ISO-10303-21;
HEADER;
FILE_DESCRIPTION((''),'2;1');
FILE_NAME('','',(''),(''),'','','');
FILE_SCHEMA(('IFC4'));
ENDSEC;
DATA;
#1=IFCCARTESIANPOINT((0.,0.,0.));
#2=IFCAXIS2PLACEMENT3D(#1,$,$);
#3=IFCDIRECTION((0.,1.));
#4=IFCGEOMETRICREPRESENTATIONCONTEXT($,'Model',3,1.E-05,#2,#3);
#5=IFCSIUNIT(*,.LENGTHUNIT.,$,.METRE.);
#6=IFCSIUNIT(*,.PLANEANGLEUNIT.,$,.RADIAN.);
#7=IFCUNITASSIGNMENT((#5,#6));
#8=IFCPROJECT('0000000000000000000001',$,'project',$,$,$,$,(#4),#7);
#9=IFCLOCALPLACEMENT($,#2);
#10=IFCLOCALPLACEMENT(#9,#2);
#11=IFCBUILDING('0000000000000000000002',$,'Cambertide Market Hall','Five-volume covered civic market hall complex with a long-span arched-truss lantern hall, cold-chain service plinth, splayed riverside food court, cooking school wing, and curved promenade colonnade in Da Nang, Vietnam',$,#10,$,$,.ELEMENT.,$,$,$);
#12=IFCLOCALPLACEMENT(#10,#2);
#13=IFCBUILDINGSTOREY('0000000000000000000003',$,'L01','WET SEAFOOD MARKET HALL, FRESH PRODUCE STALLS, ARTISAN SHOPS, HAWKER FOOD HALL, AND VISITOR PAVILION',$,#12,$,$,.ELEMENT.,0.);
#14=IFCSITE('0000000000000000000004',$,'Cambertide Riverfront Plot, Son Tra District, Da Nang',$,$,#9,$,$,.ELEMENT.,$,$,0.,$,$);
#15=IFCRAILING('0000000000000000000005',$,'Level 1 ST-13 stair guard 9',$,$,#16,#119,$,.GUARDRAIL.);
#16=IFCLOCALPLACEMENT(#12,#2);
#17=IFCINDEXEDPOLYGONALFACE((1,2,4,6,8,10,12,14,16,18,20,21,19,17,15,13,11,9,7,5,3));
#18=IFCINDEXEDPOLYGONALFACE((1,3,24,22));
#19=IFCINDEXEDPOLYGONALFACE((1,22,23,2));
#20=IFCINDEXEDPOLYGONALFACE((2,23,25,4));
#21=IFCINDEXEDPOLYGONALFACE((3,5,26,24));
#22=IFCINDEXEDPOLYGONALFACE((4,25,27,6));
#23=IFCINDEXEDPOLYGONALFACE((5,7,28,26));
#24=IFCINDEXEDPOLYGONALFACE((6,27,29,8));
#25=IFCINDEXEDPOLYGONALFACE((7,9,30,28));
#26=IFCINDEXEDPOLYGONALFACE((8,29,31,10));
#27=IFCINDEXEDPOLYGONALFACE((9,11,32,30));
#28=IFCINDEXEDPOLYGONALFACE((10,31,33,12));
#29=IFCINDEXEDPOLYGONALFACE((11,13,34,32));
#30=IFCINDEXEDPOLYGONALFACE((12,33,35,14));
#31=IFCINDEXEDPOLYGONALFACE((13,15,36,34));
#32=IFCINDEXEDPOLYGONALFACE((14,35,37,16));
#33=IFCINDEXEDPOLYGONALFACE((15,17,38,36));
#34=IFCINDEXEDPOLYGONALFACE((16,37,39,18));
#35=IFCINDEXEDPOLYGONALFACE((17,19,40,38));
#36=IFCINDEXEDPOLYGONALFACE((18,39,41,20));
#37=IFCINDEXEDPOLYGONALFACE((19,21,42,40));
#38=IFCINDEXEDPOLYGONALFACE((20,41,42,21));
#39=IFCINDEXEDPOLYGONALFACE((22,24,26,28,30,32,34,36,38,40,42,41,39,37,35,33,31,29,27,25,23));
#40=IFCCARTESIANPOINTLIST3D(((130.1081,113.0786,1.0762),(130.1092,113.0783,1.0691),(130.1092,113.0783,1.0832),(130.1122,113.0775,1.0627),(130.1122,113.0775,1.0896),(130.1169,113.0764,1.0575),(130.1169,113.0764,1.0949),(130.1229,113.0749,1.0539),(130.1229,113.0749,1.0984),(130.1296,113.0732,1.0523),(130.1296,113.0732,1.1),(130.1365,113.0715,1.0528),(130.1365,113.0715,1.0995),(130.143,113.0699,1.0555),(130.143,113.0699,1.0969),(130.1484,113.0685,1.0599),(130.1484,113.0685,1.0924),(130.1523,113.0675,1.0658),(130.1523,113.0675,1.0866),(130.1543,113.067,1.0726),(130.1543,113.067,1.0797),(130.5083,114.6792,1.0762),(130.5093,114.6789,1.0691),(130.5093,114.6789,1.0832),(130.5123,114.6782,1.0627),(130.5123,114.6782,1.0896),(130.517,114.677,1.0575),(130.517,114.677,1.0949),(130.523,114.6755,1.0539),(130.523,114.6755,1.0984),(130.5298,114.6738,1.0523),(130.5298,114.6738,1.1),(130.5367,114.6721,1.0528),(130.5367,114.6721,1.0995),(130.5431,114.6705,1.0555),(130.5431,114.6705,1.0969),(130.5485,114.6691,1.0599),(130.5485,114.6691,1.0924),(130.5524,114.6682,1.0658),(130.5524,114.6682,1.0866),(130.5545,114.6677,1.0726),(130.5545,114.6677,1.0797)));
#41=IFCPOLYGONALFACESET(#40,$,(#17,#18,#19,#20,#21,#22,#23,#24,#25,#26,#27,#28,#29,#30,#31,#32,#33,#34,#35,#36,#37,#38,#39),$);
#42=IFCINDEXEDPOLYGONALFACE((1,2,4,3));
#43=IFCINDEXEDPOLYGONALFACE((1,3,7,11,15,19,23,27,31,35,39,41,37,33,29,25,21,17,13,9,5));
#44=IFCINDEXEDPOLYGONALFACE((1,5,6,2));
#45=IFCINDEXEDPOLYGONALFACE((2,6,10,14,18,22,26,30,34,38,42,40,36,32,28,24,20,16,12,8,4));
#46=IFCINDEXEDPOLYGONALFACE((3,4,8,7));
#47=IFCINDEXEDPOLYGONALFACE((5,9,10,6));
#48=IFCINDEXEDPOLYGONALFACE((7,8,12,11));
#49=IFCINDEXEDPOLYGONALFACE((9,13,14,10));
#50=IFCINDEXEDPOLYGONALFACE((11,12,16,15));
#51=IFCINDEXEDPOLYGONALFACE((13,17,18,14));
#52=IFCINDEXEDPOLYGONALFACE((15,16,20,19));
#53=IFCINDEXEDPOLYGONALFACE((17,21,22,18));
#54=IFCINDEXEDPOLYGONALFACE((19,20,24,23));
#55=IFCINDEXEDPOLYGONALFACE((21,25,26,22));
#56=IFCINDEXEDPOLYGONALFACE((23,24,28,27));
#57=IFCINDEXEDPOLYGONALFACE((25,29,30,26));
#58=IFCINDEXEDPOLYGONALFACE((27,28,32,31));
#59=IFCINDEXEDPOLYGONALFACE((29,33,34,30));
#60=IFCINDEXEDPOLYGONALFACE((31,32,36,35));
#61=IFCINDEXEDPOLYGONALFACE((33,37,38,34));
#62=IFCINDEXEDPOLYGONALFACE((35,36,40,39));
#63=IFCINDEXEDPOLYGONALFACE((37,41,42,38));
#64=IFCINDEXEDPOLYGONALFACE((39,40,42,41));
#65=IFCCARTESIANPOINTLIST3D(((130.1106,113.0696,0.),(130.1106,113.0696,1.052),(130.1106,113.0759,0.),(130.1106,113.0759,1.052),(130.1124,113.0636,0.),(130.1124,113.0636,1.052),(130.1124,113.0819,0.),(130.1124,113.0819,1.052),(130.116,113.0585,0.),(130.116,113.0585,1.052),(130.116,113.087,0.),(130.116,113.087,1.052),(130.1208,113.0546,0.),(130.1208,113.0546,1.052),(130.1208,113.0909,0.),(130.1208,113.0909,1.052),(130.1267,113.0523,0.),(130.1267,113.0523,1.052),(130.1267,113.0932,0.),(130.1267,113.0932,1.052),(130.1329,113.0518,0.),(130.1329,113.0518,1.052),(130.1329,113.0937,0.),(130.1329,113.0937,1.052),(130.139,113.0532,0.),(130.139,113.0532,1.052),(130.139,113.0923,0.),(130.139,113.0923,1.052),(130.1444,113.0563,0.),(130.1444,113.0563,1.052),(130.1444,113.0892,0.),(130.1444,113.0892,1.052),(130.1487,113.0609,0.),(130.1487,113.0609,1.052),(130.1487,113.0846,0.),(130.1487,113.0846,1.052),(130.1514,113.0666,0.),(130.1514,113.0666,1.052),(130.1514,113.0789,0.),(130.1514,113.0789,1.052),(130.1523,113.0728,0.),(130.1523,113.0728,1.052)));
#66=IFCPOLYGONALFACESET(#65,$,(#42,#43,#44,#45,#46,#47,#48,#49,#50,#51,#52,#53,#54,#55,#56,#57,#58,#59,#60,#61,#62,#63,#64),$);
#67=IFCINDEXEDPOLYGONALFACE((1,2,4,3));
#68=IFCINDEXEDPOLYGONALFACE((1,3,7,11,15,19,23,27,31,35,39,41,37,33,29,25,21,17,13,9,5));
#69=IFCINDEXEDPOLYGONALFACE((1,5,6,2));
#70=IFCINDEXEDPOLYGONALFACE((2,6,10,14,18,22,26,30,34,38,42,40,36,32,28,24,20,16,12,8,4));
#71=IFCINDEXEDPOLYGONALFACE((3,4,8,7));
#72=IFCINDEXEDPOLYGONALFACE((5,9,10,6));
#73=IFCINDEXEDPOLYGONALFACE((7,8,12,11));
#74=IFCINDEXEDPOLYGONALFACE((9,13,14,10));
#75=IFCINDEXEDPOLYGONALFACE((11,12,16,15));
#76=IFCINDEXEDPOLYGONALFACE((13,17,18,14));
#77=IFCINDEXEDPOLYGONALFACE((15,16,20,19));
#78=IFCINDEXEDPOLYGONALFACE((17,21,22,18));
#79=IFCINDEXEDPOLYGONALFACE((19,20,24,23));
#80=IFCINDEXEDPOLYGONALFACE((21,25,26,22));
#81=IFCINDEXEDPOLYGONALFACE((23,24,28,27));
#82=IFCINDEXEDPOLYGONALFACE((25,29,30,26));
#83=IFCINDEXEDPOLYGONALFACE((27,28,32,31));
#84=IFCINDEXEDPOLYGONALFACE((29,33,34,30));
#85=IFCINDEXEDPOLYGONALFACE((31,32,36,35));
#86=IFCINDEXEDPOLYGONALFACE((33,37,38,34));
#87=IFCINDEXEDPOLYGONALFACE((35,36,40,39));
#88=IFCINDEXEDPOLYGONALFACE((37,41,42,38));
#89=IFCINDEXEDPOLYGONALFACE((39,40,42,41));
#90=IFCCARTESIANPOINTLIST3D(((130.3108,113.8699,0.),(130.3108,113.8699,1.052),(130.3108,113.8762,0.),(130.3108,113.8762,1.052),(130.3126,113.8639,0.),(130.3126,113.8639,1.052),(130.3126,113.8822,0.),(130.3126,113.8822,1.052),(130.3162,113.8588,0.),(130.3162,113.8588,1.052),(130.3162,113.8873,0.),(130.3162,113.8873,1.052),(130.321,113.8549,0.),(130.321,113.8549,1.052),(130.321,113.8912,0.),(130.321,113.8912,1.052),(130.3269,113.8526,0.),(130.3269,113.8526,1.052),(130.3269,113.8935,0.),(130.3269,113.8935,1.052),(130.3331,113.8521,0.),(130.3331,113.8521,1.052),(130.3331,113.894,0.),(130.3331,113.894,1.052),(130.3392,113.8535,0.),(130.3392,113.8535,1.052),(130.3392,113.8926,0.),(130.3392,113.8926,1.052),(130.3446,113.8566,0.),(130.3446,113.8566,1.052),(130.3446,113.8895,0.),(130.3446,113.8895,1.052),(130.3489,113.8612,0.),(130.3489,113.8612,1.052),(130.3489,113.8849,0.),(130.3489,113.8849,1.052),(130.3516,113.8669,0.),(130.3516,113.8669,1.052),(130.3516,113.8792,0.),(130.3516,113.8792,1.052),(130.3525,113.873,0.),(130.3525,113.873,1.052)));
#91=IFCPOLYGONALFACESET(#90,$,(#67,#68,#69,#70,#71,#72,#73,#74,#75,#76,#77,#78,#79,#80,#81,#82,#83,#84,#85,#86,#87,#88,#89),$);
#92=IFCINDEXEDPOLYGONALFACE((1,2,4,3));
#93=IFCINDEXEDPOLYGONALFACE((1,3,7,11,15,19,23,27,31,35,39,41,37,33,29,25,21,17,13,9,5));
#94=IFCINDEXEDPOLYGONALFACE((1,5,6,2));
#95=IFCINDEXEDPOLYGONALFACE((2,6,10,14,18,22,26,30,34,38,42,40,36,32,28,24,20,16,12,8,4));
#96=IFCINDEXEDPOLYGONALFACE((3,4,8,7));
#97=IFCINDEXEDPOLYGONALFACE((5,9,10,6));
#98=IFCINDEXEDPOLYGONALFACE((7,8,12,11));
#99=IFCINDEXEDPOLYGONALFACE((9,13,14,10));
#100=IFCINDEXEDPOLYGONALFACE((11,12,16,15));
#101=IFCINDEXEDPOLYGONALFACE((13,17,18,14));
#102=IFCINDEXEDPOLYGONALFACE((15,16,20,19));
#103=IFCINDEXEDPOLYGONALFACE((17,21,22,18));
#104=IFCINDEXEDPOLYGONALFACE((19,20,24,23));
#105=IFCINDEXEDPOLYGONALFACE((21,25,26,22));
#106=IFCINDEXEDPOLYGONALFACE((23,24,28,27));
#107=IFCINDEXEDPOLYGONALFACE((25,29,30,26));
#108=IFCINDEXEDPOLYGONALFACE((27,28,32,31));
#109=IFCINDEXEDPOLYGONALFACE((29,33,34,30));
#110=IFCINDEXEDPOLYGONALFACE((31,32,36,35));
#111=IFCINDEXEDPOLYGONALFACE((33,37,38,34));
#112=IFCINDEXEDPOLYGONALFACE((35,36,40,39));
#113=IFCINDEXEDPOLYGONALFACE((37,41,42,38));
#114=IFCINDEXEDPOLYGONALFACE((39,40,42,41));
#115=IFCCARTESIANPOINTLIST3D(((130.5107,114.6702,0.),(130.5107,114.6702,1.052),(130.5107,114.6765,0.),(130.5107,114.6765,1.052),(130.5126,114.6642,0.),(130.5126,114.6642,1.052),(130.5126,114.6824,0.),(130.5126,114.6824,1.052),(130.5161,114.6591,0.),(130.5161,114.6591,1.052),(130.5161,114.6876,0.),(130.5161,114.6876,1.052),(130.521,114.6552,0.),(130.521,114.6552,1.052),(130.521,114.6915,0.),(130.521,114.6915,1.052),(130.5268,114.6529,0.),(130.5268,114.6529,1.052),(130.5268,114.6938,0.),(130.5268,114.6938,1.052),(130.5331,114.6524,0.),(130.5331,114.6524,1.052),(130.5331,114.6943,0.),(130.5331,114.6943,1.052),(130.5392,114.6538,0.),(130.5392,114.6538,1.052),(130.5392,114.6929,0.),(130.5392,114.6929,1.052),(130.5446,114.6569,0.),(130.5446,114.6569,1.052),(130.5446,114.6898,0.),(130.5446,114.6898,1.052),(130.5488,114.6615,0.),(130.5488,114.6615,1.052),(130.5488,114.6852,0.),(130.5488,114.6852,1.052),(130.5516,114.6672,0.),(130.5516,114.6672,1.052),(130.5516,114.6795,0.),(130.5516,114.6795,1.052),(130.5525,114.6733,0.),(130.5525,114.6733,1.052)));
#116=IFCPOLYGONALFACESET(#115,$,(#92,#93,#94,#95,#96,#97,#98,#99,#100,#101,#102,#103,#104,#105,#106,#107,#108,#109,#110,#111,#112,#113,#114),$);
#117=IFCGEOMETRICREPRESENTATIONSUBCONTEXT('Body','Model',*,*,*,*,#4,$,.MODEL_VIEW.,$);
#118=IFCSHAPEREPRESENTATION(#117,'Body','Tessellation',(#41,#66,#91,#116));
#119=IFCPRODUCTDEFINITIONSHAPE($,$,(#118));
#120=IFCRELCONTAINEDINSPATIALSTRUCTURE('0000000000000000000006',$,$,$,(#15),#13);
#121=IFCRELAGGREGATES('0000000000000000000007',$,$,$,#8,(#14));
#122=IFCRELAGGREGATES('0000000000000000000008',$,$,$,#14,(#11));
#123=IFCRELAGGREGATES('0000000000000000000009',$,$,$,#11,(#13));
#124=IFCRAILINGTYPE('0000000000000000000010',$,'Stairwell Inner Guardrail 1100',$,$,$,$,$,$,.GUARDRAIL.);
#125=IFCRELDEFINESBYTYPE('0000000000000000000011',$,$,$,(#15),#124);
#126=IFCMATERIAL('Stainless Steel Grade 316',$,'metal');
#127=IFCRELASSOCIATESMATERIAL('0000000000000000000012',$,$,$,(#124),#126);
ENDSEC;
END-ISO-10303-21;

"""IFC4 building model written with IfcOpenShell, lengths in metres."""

from ifc_helpers import new_model, si_unit, direction, frame, origin, origin_2d, place, context, subcontext, project, spatial, circle, extrude, material, type_object, element, save


model = new_model("IFC4")

# Units and contexts
model_context = context("Model", 3, precision=1e-05, world=origin(), true_north=direction((0.0, 1.0)))
body_context = subcontext(model_context, "Body", "Model", "MODEL_VIEW")
ifc_project = project(units=[si_unit("LENGTHUNIT", "METRE"), si_unit("PLANEANGLEUNIT", "RADIAN")], contexts=[model_context])

# Site, building, storey
site_placement = place(None, origin())
site = spatial("IfcSite", under=ifc_project, at=site_placement, Name="Cambertide Riverfront Plot, Son Tra District, Da Nang", CompositionType="ELEMENT", RefElevation=0.0)
building_placement = place(site_placement, origin())
building = spatial("IfcBuilding", under=site, at=building_placement, Name="Cambertide Market Hall", Description="Five-volume covered civic market hall complex with a long-span arched-truss lantern hall, cold-chain service plinth, splayed riverside food court, cooking school wing, and curved promenade colonnade in Da Nang, Vietnam", CompositionType="ELEMENT")
storey_placement = place(building_placement, origin())
storey = spatial("IfcBuildingStorey", under=building, at=storey_placement, Name="L01", Description="WET SEAFOOD MARKET HALL, FRESH PRODUCE STALLS, ARTISAN SHOPS, HAWKER FOOD HALL, AND VISITOR PAVILION", CompositionType="ELEMENT", Elevation=0.0)

# Railing
ifc_material_1 = material(Name="Stainless Steel Grade 316", Category="metal")
railing_type_1 = type_object("IfcRailingType", Name="Stairwell Inner Guardrail 1100", PredefinedType="GUARDRAIL", material=ifc_material_1)
railing_1_placement = place(storey_placement, frame((130.1313, 113.0728, 0.0)))
element("IfcRailing", 1, at=railing_1_placement, inside=storey, type_object=railing_type_1, Name="Level 1 ST-13 stair guard 9", PredefinedType="GUARDRAIL", context=body_context, shape_type="SweptSolid", body=[
    extrude(circle(Radius=0.0239, at=origin_2d()), frame((0.0, 0.0, 1.0762), z_axis=(0.242536, 0.970143, 0.0), x_axis=(-0.970143, 0.242536, 0.0)), (0.0, 0.0, 1.0), 1.6499),
    extrude(circle(Radius=0.021, at=origin_2d()), origin(), (0.0, 0.0, 1.0), 1.052),
    extrude(circle(Radius=0.021, at=origin_2d()), frame((0.2002, 0.8003, 0.0)), (0.0, 0.0, 1.0), 1.052),
    extrude(circle(Radius=0.021, at=origin_2d()), frame((0.4001, 1.6006, 0.0)), (0.0, 0.0, 1.0), 1.052),
])

save(model, "model.ifc")
